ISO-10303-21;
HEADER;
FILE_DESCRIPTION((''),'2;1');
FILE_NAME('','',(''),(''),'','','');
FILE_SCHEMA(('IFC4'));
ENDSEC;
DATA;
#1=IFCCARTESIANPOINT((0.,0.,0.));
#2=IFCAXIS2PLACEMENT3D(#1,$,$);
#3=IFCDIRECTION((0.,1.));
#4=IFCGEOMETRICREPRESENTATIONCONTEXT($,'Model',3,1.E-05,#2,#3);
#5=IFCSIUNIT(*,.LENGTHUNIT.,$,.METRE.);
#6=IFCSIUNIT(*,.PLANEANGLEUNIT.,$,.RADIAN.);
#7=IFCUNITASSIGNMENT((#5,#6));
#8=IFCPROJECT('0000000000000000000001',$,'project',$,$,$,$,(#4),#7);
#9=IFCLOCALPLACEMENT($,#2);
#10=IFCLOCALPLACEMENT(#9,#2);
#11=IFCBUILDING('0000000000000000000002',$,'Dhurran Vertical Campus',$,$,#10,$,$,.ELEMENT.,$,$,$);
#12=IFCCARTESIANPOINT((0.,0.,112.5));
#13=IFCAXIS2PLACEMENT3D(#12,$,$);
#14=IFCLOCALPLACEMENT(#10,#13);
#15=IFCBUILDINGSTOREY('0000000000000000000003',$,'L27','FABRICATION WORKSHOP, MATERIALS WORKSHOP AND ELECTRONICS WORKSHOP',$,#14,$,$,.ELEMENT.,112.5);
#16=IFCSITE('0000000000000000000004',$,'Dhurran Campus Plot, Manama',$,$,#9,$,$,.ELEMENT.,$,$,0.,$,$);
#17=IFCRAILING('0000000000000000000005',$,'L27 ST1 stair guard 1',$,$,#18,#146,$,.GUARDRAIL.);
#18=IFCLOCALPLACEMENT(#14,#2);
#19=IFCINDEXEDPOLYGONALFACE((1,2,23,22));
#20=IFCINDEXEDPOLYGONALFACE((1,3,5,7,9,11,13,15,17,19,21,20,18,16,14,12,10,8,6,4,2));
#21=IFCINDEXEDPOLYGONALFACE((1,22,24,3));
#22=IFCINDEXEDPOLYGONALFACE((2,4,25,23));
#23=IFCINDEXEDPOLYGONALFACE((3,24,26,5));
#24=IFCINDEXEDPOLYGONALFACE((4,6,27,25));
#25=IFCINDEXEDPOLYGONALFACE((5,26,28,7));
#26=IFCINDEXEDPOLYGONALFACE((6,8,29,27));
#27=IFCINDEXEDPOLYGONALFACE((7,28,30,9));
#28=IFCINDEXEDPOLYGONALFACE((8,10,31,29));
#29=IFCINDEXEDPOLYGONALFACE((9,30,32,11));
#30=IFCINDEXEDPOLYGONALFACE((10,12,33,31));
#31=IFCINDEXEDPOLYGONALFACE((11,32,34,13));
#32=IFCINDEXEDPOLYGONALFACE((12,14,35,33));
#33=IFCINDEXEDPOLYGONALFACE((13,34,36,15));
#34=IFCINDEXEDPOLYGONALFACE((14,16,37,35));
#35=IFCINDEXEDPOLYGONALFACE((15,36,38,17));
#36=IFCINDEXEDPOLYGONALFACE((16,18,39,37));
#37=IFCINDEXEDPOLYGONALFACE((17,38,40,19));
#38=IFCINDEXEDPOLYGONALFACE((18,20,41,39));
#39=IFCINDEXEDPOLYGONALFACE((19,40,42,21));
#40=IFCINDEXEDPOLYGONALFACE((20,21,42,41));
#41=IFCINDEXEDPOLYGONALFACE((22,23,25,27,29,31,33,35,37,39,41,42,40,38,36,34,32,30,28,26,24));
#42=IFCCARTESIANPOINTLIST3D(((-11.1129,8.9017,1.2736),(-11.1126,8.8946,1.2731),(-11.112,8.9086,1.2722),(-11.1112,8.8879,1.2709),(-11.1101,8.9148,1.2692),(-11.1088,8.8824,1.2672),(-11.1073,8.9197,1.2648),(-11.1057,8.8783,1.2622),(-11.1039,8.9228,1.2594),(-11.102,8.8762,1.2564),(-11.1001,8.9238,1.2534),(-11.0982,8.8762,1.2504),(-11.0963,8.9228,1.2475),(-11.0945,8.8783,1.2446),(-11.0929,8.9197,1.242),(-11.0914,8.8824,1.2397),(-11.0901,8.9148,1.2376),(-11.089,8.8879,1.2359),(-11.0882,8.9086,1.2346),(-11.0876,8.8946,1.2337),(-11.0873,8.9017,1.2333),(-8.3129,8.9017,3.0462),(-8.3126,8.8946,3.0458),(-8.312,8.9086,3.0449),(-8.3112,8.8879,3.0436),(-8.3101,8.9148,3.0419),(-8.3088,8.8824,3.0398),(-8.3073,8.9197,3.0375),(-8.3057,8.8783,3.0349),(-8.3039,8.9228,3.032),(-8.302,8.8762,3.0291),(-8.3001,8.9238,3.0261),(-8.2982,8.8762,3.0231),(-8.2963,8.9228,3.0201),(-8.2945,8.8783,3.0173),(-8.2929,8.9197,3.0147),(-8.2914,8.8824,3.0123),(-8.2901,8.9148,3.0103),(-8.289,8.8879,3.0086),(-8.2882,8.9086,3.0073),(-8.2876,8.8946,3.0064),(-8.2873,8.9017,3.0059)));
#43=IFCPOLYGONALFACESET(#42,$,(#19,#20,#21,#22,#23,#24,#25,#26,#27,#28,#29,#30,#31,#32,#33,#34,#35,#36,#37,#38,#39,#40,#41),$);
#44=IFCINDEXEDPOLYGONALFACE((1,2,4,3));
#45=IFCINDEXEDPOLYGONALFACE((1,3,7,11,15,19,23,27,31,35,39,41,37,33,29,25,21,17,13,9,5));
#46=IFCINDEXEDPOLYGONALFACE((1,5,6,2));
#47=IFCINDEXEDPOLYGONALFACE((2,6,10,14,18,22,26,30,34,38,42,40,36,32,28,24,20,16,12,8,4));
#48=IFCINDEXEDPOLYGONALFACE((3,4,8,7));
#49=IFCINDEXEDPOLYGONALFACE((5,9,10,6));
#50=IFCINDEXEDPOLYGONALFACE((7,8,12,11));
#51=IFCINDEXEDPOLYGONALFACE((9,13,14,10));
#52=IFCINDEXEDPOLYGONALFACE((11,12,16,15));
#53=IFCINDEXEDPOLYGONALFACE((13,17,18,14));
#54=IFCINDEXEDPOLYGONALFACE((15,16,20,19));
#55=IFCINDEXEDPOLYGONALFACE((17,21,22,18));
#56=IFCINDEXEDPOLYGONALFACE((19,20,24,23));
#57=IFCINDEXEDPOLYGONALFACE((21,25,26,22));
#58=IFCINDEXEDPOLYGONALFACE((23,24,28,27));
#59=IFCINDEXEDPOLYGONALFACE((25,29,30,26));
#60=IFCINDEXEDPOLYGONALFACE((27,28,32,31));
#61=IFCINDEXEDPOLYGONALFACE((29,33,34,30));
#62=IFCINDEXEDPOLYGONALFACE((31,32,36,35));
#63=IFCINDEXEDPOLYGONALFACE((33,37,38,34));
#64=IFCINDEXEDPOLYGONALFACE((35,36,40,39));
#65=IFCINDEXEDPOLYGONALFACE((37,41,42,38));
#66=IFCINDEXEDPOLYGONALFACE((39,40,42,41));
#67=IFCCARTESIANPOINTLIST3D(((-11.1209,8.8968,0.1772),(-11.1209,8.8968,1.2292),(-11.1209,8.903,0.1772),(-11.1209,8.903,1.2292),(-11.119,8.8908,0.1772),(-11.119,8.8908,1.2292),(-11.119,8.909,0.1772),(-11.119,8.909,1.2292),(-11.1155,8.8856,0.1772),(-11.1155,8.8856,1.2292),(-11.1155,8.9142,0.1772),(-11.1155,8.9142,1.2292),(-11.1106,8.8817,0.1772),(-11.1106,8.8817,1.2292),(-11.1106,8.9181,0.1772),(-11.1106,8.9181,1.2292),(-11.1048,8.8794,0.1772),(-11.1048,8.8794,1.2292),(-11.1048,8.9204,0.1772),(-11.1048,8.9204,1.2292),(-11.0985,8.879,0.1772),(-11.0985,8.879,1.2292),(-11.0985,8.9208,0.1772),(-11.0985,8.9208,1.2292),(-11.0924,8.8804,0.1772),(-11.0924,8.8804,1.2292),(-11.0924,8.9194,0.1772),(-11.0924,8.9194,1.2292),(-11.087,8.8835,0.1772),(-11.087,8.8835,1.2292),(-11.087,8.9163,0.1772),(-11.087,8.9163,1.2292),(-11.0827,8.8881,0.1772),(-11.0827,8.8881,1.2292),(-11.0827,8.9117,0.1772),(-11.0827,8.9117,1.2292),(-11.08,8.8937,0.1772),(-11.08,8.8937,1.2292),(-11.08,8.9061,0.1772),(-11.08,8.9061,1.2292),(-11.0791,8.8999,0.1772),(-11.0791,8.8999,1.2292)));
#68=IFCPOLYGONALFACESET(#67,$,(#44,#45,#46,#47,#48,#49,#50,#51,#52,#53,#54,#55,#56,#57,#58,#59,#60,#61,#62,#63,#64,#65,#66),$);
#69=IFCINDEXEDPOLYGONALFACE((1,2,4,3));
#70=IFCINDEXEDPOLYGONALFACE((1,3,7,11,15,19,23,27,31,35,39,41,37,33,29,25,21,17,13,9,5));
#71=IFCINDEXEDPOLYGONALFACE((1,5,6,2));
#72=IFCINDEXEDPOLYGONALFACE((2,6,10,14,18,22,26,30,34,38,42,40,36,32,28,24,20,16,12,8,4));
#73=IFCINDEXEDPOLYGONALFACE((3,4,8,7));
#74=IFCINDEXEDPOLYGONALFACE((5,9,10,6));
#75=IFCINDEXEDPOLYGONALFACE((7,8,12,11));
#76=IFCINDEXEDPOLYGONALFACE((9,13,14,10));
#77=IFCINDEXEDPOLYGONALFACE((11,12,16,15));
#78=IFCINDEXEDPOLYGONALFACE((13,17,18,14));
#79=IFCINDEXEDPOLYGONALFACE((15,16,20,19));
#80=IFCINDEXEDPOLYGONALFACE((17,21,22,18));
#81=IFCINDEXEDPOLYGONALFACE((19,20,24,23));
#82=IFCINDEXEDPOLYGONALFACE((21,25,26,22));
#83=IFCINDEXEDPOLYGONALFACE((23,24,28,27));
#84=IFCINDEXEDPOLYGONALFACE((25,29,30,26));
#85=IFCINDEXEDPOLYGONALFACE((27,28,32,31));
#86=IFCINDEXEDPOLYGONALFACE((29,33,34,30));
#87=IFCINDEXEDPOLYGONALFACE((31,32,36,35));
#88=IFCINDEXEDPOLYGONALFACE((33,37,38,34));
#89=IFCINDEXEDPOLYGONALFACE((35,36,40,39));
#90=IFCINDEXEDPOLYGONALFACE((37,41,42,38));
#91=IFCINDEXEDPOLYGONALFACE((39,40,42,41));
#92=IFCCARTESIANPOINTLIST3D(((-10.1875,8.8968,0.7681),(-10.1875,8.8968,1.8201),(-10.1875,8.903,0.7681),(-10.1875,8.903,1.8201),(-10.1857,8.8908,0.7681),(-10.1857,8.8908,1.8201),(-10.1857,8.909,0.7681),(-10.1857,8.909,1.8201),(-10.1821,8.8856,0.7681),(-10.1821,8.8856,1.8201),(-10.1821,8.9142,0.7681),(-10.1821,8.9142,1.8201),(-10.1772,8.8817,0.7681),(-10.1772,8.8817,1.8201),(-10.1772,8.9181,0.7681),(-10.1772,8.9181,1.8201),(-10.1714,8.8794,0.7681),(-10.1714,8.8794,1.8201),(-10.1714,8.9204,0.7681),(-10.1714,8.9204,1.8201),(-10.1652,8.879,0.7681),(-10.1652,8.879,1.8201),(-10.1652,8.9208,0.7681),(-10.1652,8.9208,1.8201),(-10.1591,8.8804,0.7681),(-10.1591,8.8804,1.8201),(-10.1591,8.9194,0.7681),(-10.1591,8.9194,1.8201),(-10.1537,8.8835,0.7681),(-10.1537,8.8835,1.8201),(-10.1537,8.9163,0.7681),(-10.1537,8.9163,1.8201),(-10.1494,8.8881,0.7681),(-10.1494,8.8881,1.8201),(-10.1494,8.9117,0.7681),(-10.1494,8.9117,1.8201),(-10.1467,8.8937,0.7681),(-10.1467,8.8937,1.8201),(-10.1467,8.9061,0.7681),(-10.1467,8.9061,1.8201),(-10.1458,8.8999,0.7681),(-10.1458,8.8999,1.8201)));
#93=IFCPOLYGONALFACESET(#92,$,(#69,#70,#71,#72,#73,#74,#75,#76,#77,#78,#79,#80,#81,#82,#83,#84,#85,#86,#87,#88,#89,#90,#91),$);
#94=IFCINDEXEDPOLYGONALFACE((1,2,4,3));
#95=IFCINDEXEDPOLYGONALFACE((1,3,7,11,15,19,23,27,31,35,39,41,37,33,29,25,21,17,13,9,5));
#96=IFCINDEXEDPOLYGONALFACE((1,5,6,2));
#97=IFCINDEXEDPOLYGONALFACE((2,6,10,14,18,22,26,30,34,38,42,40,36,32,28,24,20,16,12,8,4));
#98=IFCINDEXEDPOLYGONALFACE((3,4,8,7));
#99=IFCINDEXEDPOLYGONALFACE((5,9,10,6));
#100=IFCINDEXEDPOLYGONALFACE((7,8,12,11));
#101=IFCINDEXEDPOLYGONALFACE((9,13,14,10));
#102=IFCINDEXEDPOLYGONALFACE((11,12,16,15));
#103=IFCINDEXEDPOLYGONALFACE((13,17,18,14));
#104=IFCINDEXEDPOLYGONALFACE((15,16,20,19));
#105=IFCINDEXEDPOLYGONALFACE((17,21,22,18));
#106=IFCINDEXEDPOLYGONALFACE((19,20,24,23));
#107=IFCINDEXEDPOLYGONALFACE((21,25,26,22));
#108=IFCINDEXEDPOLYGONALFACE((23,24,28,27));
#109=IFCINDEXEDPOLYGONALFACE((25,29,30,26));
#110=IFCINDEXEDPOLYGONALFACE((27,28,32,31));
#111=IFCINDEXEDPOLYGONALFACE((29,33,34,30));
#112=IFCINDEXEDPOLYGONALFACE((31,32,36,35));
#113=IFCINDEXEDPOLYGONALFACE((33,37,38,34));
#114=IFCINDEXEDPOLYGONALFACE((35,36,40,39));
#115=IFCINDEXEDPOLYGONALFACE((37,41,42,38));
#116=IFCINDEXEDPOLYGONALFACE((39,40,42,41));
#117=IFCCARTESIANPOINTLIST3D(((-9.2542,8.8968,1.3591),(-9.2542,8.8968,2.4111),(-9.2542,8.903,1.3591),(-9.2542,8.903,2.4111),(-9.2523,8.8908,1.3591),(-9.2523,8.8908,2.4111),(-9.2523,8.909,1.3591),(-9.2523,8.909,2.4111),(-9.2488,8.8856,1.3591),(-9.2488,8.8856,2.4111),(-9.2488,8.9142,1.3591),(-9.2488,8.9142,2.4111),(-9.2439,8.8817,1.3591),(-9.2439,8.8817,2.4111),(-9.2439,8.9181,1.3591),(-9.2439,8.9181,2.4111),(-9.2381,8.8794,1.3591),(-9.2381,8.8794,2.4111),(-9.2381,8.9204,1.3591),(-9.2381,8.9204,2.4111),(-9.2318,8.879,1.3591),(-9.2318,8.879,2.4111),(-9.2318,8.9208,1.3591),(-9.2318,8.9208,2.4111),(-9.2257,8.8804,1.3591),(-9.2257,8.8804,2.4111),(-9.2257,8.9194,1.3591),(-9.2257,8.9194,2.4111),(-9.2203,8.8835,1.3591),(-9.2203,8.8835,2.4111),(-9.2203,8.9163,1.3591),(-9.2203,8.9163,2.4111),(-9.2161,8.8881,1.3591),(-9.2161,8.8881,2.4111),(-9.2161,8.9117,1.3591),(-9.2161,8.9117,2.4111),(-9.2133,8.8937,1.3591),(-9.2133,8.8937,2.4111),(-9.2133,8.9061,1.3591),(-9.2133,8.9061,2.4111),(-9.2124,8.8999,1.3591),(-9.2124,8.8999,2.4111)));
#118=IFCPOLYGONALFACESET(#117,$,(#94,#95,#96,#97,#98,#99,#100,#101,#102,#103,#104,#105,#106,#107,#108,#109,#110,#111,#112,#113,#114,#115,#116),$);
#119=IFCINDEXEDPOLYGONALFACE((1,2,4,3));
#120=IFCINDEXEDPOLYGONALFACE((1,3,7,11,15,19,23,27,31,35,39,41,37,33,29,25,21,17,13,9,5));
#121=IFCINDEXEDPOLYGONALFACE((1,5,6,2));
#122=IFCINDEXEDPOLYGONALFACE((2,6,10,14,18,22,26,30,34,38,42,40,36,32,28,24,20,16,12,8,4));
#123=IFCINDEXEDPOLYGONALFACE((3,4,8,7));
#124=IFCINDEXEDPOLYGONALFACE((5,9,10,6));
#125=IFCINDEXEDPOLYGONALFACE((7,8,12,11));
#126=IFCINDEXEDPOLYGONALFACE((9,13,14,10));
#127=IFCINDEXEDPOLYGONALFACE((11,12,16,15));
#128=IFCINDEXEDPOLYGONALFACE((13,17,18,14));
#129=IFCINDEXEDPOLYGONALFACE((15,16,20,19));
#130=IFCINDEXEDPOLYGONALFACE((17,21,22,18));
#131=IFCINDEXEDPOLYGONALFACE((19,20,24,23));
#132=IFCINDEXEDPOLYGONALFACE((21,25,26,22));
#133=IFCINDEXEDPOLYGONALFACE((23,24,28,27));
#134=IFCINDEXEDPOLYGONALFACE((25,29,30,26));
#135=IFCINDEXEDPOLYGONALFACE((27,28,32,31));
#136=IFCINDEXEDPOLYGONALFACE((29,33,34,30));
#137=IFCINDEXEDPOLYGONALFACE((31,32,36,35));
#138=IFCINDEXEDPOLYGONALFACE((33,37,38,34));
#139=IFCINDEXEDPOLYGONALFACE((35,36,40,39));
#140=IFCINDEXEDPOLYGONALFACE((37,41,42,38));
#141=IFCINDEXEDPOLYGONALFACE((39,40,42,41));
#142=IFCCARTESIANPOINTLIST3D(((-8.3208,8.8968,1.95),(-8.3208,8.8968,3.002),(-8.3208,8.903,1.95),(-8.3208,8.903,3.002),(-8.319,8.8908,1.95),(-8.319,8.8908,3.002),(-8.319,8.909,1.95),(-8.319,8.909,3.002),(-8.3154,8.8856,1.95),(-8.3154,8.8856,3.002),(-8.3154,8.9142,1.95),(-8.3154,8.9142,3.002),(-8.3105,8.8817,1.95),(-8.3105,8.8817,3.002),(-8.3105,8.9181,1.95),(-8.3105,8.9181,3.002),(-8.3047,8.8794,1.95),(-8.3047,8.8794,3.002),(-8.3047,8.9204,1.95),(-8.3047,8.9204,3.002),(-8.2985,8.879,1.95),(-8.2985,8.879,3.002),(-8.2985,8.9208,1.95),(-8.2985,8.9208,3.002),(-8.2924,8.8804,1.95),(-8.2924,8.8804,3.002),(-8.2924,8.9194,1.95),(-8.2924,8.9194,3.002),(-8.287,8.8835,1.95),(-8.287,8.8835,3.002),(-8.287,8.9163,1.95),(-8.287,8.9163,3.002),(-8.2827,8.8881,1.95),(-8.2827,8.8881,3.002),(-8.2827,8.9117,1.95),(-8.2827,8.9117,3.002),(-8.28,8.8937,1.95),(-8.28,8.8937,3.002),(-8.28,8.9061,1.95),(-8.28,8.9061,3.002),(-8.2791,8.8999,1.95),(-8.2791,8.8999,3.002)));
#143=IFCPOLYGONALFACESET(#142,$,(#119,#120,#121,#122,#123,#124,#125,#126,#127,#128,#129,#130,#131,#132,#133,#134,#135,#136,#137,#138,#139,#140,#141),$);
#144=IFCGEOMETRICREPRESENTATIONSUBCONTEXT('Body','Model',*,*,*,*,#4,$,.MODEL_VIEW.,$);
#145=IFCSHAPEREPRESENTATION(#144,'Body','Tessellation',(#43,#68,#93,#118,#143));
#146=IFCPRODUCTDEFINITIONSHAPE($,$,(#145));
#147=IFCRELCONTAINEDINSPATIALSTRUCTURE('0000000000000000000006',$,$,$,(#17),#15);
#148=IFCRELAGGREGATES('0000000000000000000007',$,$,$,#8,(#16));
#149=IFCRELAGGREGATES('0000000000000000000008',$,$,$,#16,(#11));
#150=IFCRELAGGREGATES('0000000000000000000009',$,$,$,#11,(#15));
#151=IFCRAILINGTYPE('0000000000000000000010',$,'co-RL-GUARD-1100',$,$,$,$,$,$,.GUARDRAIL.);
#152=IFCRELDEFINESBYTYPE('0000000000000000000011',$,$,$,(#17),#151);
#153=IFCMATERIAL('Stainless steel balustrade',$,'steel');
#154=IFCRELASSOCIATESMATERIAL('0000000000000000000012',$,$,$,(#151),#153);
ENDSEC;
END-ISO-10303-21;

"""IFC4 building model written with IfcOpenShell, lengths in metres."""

from ifc_helpers import new_model, si_unit, direction, frame, origin, origin_2d, place, context, subcontext, project, spatial, circle, extrude, material, type_object, element, save


model = new_model("IFC4")

# Units and contexts
model_context = context("Model", 3, precision=1e-05, world=origin(), true_north=direction((0.0, 1.0)))
body_context = subcontext(model_context, "Body", "Model", "MODEL_VIEW")
ifc_project = project(units=[si_unit("LENGTHUNIT", "METRE"), si_unit("PLANEANGLEUNIT", "RADIAN")], contexts=[model_context])

# Site, building, storey
site_placement = place(None, origin())
site = spatial("IfcSite", under=ifc_project, at=site_placement, Name="Dhurran Campus Plot, Manama", CompositionType="ELEMENT", RefElevation=0.0)
building_placement = place(site_placement, origin())
building = spatial("IfcBuilding", under=site, at=building_placement, Name="Dhurran Vertical Campus", CompositionType="ELEMENT")
storey_placement = place(building_placement, frame((0.0, 0.0, 112.5)))
storey = spatial("IfcBuildingStorey", under=building, at=storey_placement, Name="L27", Description="FABRICATION WORKSHOP, MATERIALS WORKSHOP AND ELECTRONICS WORKSHOP", CompositionType="ELEMENT", Elevation=112.5)

# Railing
ifc_material_1 = material(Name="Stainless steel balustrade", Category="steel")
railing_type_1 = type_object("IfcRailingType", Name="co-RL-GUARD-1100", PredefinedType="GUARDRAIL", material=ifc_material_1)
railing_1_placement = place(storey_placement, frame((-11.1001, 8.8999, 0.1772)))
element("IfcRailing", 1, at=railing_1_placement, inside=storey, type_object=railing_type_1, Name="L27 ST1 stair guard 1", PredefinedType="GUARDRAIL", context=body_context, shape_type="SweptSolid", body=[
    extrude(circle(Radius=0.0239, at=origin_2d()), frame((0.0, 0.0, 1.0762), z_axis=(0.844909, 0.0, 0.53491), x_axis=(0.0, 1.0, 0.0)), (0.0, 0.0, 1.0), 3.314),
    extrude(circle(Radius=0.021, at=origin_2d()), origin(), (0.0, 0.0, 1.0), 1.052),
    extrude(circle(Radius=0.021, at=origin_2d()), frame((0.9333, 0.0, 0.5908)), (0.0, 0.0, 1.0), 1.052),
    extrude(circle(Radius=0.021, at=origin_2d()), frame((1.8667, 0.0, 1.1819)), (0.0, 0.0, 1.0), 1.052),
    extrude(circle(Radius=0.021, at=origin_2d()), frame((2.8, 0.0, 1.7727)), (0.0, 0.0, 1.0), 1.052),
])

save(model, "model.ifc")
